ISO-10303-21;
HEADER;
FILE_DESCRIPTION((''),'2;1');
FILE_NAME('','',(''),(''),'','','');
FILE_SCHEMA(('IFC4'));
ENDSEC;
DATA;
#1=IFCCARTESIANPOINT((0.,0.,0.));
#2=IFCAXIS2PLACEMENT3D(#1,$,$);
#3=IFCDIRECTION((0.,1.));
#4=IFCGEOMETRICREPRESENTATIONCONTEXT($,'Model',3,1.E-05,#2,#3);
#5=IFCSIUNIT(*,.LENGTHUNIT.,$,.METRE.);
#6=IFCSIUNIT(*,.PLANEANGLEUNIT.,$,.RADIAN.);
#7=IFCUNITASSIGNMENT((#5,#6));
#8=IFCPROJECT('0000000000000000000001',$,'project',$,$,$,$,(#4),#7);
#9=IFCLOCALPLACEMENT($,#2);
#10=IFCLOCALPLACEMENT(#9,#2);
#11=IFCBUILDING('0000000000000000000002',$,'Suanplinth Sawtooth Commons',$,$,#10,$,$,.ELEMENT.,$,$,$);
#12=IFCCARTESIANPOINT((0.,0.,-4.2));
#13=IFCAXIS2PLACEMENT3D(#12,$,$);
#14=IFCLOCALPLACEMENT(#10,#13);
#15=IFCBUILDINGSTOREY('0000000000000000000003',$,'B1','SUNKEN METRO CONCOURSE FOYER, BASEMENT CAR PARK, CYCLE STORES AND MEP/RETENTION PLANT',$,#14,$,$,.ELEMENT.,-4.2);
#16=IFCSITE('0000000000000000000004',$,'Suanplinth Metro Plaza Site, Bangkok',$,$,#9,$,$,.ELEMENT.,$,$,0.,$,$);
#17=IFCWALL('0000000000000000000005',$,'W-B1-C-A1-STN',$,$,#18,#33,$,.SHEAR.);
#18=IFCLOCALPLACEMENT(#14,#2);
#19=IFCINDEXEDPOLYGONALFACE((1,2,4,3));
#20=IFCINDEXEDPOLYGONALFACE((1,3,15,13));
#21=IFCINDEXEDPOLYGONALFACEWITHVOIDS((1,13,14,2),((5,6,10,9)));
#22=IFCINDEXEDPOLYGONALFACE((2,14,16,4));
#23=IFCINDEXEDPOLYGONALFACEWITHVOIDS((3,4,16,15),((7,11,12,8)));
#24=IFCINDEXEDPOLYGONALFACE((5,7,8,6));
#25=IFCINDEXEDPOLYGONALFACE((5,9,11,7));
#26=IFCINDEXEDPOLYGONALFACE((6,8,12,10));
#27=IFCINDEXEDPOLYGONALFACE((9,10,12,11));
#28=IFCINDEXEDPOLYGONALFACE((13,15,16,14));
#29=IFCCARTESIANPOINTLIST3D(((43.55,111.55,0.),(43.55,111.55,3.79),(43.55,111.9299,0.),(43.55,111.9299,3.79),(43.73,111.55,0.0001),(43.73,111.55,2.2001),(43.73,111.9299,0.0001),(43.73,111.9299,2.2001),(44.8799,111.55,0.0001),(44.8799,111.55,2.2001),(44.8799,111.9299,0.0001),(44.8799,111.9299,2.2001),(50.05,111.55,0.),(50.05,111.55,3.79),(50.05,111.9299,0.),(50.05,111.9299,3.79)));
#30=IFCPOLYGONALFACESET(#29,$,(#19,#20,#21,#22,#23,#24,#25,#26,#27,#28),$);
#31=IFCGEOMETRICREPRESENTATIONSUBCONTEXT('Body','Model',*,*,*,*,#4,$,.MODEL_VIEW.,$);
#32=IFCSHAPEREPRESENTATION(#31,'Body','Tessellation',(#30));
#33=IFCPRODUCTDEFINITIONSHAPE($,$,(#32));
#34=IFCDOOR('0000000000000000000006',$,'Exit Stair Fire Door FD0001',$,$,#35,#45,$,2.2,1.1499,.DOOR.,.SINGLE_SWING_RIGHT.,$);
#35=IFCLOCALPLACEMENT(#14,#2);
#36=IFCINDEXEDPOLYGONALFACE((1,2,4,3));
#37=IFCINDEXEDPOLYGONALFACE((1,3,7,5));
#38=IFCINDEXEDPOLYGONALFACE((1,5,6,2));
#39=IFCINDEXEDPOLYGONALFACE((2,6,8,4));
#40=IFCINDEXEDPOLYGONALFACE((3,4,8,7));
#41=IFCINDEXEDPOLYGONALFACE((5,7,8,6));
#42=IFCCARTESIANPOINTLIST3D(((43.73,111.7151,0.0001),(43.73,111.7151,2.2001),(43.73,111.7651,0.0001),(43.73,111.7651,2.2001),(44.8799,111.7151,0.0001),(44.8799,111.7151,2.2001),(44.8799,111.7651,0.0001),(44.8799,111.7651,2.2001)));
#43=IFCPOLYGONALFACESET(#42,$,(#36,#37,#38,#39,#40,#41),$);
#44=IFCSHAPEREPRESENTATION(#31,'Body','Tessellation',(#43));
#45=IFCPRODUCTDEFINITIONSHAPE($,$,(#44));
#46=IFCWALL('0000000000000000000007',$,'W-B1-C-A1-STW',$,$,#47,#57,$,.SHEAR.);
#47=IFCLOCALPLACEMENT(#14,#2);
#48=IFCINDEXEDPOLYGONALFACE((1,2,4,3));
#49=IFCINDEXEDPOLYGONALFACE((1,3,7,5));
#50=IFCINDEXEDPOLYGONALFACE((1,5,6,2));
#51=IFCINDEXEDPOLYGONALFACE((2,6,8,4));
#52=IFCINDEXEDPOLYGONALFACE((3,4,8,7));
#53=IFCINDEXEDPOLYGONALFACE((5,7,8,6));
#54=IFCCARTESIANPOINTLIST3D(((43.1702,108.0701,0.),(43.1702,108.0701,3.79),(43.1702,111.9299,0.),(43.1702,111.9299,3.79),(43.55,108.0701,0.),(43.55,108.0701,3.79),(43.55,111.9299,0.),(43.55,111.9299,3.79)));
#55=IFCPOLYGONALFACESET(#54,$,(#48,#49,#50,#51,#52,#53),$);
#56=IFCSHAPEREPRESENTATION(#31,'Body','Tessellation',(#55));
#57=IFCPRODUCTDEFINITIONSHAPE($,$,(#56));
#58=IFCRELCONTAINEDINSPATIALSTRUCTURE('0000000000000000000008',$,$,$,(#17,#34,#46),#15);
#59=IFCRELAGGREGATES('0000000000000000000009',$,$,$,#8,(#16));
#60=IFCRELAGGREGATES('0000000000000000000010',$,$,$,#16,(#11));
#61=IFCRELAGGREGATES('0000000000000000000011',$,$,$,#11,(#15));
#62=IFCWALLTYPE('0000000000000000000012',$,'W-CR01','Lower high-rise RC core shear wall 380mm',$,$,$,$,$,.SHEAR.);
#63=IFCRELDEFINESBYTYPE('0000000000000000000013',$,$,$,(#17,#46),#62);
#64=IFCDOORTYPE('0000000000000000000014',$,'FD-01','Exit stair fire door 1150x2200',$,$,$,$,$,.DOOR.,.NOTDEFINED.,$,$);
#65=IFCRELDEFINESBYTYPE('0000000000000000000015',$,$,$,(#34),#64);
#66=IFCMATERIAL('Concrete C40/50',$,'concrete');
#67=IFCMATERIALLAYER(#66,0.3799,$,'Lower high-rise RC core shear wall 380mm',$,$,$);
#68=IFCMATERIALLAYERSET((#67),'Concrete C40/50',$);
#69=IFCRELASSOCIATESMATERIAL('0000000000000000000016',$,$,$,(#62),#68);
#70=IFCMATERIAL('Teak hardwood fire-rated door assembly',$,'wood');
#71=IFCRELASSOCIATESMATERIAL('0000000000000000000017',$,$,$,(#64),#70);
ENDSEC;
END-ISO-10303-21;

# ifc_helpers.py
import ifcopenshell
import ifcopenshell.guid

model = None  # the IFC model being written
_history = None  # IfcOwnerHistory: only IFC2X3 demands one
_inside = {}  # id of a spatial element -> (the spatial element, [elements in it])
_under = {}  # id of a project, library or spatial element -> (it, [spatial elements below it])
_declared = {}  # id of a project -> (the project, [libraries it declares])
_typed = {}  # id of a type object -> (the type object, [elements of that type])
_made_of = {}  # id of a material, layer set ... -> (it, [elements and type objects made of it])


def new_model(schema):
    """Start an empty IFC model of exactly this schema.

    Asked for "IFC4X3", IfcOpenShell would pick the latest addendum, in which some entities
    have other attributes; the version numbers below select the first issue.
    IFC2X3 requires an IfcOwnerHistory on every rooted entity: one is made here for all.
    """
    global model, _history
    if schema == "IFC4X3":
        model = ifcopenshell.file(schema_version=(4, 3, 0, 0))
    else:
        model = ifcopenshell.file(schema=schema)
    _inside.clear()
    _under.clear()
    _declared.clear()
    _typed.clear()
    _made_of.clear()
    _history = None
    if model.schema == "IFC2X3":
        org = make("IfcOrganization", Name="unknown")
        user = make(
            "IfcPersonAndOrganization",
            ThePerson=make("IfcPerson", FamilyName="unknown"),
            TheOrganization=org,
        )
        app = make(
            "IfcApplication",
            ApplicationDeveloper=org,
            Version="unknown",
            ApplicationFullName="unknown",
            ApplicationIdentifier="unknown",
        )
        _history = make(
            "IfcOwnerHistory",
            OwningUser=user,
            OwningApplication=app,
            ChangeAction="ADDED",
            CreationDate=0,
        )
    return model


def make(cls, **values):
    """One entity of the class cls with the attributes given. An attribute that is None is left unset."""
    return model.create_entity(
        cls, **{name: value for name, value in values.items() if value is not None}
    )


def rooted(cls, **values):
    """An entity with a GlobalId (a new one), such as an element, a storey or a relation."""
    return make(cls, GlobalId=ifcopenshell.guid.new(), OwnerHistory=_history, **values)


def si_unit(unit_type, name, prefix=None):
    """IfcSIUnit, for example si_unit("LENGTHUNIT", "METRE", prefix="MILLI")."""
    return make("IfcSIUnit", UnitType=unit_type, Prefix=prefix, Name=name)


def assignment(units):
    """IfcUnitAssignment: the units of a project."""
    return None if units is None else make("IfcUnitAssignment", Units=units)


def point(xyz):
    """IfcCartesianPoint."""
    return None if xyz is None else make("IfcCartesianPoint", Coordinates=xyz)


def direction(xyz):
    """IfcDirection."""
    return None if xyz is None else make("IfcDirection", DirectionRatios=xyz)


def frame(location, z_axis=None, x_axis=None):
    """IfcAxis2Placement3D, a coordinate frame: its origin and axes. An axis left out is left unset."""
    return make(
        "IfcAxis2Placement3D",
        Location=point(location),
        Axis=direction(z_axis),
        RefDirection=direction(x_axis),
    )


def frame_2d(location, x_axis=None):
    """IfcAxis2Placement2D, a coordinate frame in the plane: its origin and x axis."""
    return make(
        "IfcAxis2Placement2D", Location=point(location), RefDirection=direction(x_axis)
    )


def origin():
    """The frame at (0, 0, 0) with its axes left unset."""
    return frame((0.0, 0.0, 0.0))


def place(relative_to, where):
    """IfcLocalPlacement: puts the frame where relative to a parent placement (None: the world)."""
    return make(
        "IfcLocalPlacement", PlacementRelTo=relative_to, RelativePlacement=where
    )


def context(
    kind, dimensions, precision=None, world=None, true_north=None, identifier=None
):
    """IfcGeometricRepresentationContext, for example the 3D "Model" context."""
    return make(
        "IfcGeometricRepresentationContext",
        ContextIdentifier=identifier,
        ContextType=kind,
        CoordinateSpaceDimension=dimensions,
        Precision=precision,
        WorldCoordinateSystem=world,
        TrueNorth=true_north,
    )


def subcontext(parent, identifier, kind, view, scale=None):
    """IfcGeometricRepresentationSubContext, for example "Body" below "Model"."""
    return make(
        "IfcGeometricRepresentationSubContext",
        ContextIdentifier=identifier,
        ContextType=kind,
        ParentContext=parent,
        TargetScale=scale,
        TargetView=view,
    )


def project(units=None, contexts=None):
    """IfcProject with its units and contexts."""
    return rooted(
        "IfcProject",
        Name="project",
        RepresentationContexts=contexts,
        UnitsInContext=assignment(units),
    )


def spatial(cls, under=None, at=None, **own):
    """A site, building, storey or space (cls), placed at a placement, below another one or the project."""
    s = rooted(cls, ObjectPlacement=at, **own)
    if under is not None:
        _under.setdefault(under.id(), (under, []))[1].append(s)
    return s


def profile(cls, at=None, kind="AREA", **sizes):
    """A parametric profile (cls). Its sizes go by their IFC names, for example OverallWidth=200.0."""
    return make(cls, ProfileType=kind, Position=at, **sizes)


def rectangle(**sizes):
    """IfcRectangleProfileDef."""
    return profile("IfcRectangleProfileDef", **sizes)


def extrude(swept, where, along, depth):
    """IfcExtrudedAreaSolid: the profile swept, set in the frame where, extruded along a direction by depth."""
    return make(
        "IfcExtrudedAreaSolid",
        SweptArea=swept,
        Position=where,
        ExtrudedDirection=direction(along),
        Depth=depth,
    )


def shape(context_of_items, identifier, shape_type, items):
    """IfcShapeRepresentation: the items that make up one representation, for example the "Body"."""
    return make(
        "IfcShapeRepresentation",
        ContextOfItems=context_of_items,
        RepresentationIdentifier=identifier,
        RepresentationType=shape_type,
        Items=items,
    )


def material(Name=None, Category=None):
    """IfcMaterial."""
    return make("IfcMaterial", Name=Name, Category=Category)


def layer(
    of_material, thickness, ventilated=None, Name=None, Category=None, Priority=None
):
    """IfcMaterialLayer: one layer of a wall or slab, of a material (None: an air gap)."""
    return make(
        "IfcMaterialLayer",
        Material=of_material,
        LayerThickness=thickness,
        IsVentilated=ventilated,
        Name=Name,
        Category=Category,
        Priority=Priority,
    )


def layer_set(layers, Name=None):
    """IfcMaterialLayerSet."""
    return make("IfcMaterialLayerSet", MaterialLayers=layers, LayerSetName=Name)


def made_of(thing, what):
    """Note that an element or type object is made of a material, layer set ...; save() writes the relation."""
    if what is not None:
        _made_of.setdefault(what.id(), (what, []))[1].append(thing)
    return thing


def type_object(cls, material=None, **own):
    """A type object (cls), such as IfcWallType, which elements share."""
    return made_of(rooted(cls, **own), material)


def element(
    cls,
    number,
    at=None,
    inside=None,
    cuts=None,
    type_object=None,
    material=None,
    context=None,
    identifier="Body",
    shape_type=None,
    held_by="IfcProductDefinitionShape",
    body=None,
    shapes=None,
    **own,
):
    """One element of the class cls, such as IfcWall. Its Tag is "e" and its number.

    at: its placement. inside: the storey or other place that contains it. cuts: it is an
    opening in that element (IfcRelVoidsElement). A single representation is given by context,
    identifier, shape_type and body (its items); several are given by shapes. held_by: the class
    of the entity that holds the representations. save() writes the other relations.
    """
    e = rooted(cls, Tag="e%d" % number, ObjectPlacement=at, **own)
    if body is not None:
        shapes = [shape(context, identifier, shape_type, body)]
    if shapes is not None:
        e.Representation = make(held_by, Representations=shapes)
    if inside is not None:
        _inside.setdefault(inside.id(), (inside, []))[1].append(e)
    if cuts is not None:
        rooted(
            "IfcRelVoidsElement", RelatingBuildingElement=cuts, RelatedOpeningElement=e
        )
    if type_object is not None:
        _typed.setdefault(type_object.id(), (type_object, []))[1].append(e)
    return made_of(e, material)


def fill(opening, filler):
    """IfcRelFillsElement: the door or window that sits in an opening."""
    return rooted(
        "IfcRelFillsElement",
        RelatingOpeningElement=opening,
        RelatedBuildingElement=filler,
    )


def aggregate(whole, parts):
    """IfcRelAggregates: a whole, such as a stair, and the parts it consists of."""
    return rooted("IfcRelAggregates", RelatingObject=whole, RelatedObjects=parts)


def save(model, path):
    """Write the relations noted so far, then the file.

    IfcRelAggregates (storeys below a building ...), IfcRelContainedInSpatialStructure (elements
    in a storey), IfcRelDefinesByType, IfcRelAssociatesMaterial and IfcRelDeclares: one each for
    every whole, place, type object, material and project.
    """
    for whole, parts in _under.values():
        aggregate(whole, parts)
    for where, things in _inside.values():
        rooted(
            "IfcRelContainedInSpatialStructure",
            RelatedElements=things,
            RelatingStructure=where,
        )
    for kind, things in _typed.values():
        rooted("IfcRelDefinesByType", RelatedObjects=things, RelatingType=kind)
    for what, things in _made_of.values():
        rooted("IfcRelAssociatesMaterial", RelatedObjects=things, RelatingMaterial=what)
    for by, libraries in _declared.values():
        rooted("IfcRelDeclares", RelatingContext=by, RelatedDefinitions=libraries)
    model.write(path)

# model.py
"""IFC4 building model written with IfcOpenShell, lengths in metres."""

from ifc_helpers import new_model, si_unit, direction, frame, frame_2d, origin, place, context, subcontext, project, spatial, rectangle, extrude, material, layer, layer_set, type_object, element, fill, save


model = new_model("IFC4")

# Units and contexts
model_context = context("Model", 3, precision=1e-05, world=origin(), true_north=direction((0.0, 1.0)))
body_context = subcontext(model_context, "Body", "Model", "MODEL_VIEW")
ifc_project = project(units=[si_unit("LENGTHUNIT", "METRE"), si_unit("PLANEANGLEUNIT", "RADIAN")], contexts=[model_context])

# Site, building, storey
site_placement = place(None, origin())
site = spatial("IfcSite", under=ifc_project, at=site_placement, Name="Suanplinth Metro Plaza Site, Bangkok", CompositionType="ELEMENT", RefElevation=0.0)
building_placement = place(site_placement, origin())
building = spatial("IfcBuilding", under=site, at=building_placement, Name="Suanplinth Sawtooth Commons", CompositionType="ELEMENT")
storey_placement = place(building_placement, frame((0.0, 0.0, -4.2)))
storey = spatial("IfcBuildingStorey", under=building, at=storey_placement, Name="B1", Description="SUNKEN METRO CONCOURSE FOYER, BASEMENT CAR PARK, CYCLE STORES AND MEP/RETENTION PLANT", CompositionType="ELEMENT", Elevation=-4.2)

# Shared definitions
ifc_material_1 = material(Name="Concrete C40/50", Category="concrete")

# Shared definitions
ifc_layer = layer(ifc_material_1, 0.3799, Name="Lower high-rise RC core shear wall 380mm")
ifc_layer_set = layer_set([ifc_layer], Name="Concrete C40/50")
wall_type = type_object("IfcWallType", Name="W-CR01", Description="Lower high-rise RC core shear wall 380mm", PredefinedType="SHEAR", material=ifc_layer_set)

# Wall, opening, door
wall_1_placement = place(storey_placement, frame((43.55, 111.74, 0.0), z_axis=(0.0, 0.0, 1.0), x_axis=(1.0, 0.0, 0.0)))
wall_1 = element("IfcWall", 1, at=wall_1_placement, inside=storey, type_object=wall_type, Name="W-B1-C-A1-STN", PredefinedType="SHEAR", context=body_context, shape_type="SweptSolid", body=[
    extrude(rectangle(XDim=6.5, YDim=0.3799, at=frame_2d((3.25, 0.0))), origin(), (0.0, 0.0, 1.0), 3.79),
])
opening_placement = place(wall_1_placement, frame((0.1799, 0.0, 0.0)))
opening = element("IfcOpeningElement", 2, at=opening_placement, cuts=wall_1, PredefinedType="OPENING", context=body_context, shape_type="SweptSolid", body=[
    extrude(rectangle(XDim=1.1499, YDim=2.2, at=frame_2d((0.575, 1.1001))), frame((0.0, 0.2048, 0.0), z_axis=(0.0, -1.0, 0.0), x_axis=(1.0, 0.0, 0.0)), (0.0, 0.0, 1.0), 0.4097),
])
ifc_material_2 = material(Name="Teak hardwood fire-rated door assembly", Category="wood")
door_type = type_object("IfcDoorType", Name="FD-01", Description="Exit stair fire door 1150x2200", OperationType="NOTDEFINED", PredefinedType="DOOR", material=ifc_material_2)
door_placement = place(opening_placement, frame((1.1499, 0.0, 0.0), z_axis=(0.0, 0.0, 1.0), x_axis=(-1.0, 0.0, 0.0)))
door = element("IfcDoor", 3, at=door_placement, inside=storey, type_object=door_type, Name="Exit Stair Fire Door FD0001", OperationType="SINGLE_SWING_RIGHT", OverallHeight=2.2, OverallWidth=1.1499, PredefinedType="DOOR", context=body_context, shape_type="SweptSolid", body=[
    extrude(rectangle(XDim=1.1499, YDim=2.2, at=frame_2d((0.575, 1.1001))), frame((0.0, 0.0249, 0.0), z_axis=(0.0, -1.0, 0.0), x_axis=(1.0, 0.0, 0.0)), (0.0, 0.0, 1.0), 0.05),
])
fill(opening, door)

# Wall
wall_2_placement = place(storey_placement, frame((43.3601, 108.0701, 0.0), z_axis=(0.0, 0.0, 1.0), x_axis=(0.0, 1.0, 0.0)))
element("IfcWall", 4, at=wall_2_placement, inside=storey, type_object=wall_type, Name="W-B1-C-A1-STW", PredefinedType="SHEAR", context=body_context, shape_type="SweptSolid", body=[
    extrude(rectangle(XDim=3.8599, YDim=0.3799, at=frame_2d((1.9299, 0.0))), origin(), (0.0, 0.0, 1.0), 3.79),
])

save(model, "model.ifc")
